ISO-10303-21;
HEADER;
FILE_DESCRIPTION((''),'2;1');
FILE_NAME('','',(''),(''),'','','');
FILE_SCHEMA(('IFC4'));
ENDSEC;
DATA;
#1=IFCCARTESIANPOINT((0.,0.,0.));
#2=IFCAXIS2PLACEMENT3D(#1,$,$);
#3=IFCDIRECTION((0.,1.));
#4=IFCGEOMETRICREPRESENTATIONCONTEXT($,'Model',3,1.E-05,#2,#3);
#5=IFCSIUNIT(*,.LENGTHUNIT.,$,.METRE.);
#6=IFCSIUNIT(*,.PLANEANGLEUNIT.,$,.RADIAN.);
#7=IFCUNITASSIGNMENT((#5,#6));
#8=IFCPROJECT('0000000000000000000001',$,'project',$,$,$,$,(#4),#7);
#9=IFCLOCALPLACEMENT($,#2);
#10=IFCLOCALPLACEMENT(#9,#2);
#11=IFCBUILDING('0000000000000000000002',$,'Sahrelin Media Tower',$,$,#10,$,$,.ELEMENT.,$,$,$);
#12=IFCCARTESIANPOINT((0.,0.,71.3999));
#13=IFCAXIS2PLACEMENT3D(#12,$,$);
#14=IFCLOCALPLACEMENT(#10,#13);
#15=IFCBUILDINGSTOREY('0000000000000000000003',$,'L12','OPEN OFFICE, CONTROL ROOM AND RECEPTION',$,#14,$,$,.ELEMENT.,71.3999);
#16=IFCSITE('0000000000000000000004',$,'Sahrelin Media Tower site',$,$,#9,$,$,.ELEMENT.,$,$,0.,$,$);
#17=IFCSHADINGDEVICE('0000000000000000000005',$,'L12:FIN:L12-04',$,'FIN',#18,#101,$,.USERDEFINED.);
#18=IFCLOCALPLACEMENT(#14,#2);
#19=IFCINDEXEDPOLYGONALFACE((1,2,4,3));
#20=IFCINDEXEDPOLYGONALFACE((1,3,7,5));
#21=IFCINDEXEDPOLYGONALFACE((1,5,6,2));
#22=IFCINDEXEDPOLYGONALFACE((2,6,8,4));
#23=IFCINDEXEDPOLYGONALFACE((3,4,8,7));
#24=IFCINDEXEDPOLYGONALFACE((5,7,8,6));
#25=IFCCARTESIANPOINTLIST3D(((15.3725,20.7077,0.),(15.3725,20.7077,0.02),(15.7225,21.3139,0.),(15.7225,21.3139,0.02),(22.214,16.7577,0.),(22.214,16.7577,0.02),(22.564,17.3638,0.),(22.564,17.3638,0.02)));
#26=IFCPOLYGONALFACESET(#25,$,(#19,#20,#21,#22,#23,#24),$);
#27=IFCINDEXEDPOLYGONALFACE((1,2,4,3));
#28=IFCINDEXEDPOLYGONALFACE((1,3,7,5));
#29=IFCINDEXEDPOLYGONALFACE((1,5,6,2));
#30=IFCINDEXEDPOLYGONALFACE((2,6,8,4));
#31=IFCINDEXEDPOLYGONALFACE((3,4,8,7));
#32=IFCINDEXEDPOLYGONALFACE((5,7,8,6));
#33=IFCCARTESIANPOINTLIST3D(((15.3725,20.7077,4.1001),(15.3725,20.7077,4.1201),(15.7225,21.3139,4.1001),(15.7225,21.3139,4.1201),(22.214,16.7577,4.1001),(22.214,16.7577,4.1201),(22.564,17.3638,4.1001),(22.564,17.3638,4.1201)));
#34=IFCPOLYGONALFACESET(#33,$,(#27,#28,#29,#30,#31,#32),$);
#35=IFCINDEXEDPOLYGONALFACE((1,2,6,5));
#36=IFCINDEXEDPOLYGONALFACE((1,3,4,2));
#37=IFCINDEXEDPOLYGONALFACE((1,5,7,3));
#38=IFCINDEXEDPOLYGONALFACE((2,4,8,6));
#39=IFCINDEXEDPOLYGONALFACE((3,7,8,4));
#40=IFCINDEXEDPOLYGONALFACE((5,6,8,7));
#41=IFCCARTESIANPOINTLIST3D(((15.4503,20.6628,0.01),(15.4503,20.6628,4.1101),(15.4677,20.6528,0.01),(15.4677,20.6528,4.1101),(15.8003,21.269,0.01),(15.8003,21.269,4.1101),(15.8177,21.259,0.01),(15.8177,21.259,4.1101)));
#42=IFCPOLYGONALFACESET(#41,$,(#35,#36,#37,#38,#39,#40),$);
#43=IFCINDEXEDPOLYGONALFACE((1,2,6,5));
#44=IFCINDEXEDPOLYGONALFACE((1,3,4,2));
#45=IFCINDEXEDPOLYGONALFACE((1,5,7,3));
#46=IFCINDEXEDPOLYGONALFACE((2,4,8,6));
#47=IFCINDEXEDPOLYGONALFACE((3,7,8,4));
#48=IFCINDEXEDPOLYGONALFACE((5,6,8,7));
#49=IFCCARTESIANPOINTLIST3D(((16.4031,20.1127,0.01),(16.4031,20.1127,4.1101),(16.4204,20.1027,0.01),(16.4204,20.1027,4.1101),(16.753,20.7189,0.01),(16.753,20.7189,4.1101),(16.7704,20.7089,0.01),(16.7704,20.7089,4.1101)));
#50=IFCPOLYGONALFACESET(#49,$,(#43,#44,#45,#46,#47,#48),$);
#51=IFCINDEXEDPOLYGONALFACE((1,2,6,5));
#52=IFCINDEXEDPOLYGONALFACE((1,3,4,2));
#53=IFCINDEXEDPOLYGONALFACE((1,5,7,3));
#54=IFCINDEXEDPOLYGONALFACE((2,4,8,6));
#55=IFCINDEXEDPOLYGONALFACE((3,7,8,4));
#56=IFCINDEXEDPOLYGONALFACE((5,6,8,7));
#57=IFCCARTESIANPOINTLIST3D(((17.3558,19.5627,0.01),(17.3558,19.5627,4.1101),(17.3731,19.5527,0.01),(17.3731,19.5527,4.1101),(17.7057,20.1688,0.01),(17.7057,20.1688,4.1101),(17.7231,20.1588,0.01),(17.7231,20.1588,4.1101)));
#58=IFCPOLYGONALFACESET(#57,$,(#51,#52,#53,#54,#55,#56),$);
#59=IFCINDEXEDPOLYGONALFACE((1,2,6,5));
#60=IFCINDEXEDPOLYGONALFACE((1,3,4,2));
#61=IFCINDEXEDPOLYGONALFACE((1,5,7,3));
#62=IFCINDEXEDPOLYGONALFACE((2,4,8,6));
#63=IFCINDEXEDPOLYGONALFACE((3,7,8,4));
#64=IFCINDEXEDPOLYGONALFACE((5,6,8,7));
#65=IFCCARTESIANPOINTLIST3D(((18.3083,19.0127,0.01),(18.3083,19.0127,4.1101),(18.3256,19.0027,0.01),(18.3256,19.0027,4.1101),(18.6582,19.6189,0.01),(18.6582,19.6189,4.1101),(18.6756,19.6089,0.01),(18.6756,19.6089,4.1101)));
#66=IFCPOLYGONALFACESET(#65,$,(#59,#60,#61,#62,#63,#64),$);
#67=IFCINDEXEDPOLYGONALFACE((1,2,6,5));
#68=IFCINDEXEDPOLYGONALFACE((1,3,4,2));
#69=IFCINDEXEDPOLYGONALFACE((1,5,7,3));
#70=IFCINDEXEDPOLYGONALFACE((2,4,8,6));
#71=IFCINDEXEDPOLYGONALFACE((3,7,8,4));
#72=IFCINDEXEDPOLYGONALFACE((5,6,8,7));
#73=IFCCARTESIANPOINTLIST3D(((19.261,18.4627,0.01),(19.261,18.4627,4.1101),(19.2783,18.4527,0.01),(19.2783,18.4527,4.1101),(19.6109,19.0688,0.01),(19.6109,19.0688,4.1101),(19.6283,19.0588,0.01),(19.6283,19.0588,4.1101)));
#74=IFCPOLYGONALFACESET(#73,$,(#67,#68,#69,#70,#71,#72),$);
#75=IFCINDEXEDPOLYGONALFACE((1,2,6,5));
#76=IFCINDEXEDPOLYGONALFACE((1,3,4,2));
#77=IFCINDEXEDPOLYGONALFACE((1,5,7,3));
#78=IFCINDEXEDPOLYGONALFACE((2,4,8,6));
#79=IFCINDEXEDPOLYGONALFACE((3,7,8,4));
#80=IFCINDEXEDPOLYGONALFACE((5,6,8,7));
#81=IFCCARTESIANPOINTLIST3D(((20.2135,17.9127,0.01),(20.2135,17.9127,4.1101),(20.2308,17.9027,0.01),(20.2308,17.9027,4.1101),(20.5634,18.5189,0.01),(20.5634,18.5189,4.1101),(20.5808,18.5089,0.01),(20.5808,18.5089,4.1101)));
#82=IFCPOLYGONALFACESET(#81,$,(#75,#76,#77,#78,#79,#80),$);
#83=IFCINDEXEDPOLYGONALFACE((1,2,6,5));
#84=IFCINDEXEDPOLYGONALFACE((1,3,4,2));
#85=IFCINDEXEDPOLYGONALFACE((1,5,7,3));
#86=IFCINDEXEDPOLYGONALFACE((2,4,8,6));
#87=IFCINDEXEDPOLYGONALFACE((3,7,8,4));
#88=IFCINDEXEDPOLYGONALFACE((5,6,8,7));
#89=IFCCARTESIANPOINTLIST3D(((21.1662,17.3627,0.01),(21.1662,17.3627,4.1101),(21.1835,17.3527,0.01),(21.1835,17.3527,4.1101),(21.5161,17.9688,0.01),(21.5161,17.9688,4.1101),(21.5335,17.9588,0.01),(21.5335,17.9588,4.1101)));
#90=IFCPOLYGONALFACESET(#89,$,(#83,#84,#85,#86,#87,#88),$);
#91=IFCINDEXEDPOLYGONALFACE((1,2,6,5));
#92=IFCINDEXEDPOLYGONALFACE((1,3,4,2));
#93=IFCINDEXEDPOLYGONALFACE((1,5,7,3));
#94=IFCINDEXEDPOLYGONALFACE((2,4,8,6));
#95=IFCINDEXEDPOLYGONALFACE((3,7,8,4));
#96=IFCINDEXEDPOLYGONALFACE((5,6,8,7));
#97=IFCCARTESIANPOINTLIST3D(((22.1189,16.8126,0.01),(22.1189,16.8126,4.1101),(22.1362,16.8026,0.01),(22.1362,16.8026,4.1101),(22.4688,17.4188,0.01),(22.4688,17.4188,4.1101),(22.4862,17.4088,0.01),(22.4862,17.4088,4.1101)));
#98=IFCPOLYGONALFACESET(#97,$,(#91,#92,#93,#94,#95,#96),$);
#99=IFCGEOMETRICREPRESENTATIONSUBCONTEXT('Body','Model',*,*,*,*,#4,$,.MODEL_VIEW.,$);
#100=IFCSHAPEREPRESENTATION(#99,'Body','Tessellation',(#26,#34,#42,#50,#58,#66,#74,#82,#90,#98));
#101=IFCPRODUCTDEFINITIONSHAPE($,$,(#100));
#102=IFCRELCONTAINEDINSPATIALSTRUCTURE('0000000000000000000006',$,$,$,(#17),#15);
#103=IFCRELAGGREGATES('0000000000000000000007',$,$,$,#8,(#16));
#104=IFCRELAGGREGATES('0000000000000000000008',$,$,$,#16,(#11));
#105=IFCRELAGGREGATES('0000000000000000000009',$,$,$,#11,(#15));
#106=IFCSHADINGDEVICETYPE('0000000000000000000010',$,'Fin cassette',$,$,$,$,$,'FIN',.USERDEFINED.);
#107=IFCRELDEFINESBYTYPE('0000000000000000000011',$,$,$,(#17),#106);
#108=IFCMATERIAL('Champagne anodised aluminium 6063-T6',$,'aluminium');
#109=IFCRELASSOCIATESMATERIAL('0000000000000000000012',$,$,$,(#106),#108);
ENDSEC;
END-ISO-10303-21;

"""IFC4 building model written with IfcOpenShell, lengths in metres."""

from ifc_helpers import new_model, si_unit, direction, frame, origin, origin_2d, place, context, subcontext, project, spatial, rectangle, extrude, material, type_object, element, save


model = new_model("IFC4")

# Units and contexts
model_context = context("Model", 3, precision=1e-05, world=origin(), true_north=direction((0.0, 1.0)))
body_context = subcontext(model_context, "Body", "Model", "MODEL_VIEW")
ifc_project = project(units=[si_unit("LENGTHUNIT", "METRE"), si_unit("PLANEANGLEUNIT", "RADIAN")], contexts=[model_context])

# Site, building, storey
site_placement = place(None, origin())
site = spatial("IfcSite", under=ifc_project, at=site_placement, Name="Sahrelin Media Tower site", CompositionType="ELEMENT", RefElevation=0.0)
building_placement = place(site_placement, origin())
building = spatial("IfcBuilding", under=site, at=building_placement, Name="Sahrelin Media Tower", CompositionType="ELEMENT")
storey_placement = place(building_placement, frame((0.0, 0.0, 71.3999)))
storey = spatial("IfcBuildingStorey", under=building, at=storey_placement, Name="L12", Description="OPEN OFFICE, CONTROL ROOM AND RECEPTION", CompositionType="ELEMENT", Elevation=71.3999)

# Shared definitions
ifc_material_1 = material(Name="Champagne anodised aluminium 6063-T6", Category="aluminium")

# Shading device
shading_device_type_1 = type_object("IfcShadingDeviceType", Name="Fin cassette", ElementType="FIN", PredefinedType="USERDEFINED", material=ifc_material_1)
placement = place(storey_placement, frame((18.7583, 18.6721, 0.0), z_axis=(0.0, 0.0, 1.0), x_axis=(0.866019, -0.500011, 0.0)))
element("IfcShadingDevice", 1, at=placement, inside=storey, type_object=shading_device_type_1, Name="L12:FIN:L12-04", ObjectType="FIN", PredefinedType="USERDEFINED", context=body_context, shape_type="SweptSolid", body=[
    extrude(rectangle(XDim=7.8999, YDim=0.7, at=origin_2d()), frame((0.0, 0.4199, 0.0)), (0.0, 0.0, 1.0), 0.02),
    extrude(rectangle(XDim=7.8999, YDim=0.7, at=origin_2d()), frame((0.0, 0.4199, 4.1001)), (0.0, 0.0, 1.0), 0.02),
    extrude(rectangle(XDim=0.02, YDim=0.7, at=origin_2d()), frame((-3.8501, 0.4199, 0.01), z_axis=(0.0, 0.0, 1.0), x_axis=(1.0, 0.0, 0.0)), (0.0, 0.0, 1.0), 4.1001),
    extrude(rectangle(XDim=0.02, YDim=0.7, at=origin_2d()), frame((-2.75, 0.4199, 0.01), z_axis=(0.0, 0.0, 1.0), x_axis=(1.0, 0.0, 0.0)), (0.0, 0.0, 1.0), 4.1001),
    extrude(rectangle(XDim=0.02, YDim=0.7, at=origin_2d()), frame((-1.6499, 0.4199, 0.01), z_axis=(0.0, 0.0, 1.0), x_axis=(1.0, 0.0, 0.0)), (0.0, 0.0, 1.0), 4.1001),
    extrude(rectangle(XDim=0.02, YDim=0.7, at=origin_2d()), frame((-0.55, 0.4199, 0.01), z_axis=(0.0, 0.0, 1.0), x_axis=(1.0, 0.0, 0.0)), (0.0, 0.0, 1.0), 4.1001),
    extrude(rectangle(XDim=0.02, YDim=0.7, at=origin_2d()), frame((0.55, 0.4199, 0.01), z_axis=(0.0, 0.0, 1.0), x_axis=(1.0, 0.0, 0.0)), (0.0, 0.0, 1.0), 4.1001),
    extrude(rectangle(XDim=0.02, YDim=0.7, at=origin_2d()), frame((1.6499, 0.4199, 0.01), z_axis=(0.0, 0.0, 1.0), x_axis=(1.0, 0.0, 0.0)), (0.0, 0.0, 1.0), 4.1001),
    extrude(rectangle(XDim=0.02, YDim=0.7, at=origin_2d()), frame((2.75, 0.4199, 0.01), z_axis=(0.0, 0.0, 1.0), x_axis=(1.0, 0.0, 0.0)), (0.0, 0.0, 1.0), 4.1001),
    extrude(rectangle(XDim=0.02, YDim=0.7, at=origin_2d()), frame((3.8501, 0.4199, 0.01), z_axis=(0.0, 0.0, 1.0), x_axis=(1.0, 0.0, 0.0)), (0.0, 0.0, 1.0), 4.1001),
])

save(model, "model.ifc")
